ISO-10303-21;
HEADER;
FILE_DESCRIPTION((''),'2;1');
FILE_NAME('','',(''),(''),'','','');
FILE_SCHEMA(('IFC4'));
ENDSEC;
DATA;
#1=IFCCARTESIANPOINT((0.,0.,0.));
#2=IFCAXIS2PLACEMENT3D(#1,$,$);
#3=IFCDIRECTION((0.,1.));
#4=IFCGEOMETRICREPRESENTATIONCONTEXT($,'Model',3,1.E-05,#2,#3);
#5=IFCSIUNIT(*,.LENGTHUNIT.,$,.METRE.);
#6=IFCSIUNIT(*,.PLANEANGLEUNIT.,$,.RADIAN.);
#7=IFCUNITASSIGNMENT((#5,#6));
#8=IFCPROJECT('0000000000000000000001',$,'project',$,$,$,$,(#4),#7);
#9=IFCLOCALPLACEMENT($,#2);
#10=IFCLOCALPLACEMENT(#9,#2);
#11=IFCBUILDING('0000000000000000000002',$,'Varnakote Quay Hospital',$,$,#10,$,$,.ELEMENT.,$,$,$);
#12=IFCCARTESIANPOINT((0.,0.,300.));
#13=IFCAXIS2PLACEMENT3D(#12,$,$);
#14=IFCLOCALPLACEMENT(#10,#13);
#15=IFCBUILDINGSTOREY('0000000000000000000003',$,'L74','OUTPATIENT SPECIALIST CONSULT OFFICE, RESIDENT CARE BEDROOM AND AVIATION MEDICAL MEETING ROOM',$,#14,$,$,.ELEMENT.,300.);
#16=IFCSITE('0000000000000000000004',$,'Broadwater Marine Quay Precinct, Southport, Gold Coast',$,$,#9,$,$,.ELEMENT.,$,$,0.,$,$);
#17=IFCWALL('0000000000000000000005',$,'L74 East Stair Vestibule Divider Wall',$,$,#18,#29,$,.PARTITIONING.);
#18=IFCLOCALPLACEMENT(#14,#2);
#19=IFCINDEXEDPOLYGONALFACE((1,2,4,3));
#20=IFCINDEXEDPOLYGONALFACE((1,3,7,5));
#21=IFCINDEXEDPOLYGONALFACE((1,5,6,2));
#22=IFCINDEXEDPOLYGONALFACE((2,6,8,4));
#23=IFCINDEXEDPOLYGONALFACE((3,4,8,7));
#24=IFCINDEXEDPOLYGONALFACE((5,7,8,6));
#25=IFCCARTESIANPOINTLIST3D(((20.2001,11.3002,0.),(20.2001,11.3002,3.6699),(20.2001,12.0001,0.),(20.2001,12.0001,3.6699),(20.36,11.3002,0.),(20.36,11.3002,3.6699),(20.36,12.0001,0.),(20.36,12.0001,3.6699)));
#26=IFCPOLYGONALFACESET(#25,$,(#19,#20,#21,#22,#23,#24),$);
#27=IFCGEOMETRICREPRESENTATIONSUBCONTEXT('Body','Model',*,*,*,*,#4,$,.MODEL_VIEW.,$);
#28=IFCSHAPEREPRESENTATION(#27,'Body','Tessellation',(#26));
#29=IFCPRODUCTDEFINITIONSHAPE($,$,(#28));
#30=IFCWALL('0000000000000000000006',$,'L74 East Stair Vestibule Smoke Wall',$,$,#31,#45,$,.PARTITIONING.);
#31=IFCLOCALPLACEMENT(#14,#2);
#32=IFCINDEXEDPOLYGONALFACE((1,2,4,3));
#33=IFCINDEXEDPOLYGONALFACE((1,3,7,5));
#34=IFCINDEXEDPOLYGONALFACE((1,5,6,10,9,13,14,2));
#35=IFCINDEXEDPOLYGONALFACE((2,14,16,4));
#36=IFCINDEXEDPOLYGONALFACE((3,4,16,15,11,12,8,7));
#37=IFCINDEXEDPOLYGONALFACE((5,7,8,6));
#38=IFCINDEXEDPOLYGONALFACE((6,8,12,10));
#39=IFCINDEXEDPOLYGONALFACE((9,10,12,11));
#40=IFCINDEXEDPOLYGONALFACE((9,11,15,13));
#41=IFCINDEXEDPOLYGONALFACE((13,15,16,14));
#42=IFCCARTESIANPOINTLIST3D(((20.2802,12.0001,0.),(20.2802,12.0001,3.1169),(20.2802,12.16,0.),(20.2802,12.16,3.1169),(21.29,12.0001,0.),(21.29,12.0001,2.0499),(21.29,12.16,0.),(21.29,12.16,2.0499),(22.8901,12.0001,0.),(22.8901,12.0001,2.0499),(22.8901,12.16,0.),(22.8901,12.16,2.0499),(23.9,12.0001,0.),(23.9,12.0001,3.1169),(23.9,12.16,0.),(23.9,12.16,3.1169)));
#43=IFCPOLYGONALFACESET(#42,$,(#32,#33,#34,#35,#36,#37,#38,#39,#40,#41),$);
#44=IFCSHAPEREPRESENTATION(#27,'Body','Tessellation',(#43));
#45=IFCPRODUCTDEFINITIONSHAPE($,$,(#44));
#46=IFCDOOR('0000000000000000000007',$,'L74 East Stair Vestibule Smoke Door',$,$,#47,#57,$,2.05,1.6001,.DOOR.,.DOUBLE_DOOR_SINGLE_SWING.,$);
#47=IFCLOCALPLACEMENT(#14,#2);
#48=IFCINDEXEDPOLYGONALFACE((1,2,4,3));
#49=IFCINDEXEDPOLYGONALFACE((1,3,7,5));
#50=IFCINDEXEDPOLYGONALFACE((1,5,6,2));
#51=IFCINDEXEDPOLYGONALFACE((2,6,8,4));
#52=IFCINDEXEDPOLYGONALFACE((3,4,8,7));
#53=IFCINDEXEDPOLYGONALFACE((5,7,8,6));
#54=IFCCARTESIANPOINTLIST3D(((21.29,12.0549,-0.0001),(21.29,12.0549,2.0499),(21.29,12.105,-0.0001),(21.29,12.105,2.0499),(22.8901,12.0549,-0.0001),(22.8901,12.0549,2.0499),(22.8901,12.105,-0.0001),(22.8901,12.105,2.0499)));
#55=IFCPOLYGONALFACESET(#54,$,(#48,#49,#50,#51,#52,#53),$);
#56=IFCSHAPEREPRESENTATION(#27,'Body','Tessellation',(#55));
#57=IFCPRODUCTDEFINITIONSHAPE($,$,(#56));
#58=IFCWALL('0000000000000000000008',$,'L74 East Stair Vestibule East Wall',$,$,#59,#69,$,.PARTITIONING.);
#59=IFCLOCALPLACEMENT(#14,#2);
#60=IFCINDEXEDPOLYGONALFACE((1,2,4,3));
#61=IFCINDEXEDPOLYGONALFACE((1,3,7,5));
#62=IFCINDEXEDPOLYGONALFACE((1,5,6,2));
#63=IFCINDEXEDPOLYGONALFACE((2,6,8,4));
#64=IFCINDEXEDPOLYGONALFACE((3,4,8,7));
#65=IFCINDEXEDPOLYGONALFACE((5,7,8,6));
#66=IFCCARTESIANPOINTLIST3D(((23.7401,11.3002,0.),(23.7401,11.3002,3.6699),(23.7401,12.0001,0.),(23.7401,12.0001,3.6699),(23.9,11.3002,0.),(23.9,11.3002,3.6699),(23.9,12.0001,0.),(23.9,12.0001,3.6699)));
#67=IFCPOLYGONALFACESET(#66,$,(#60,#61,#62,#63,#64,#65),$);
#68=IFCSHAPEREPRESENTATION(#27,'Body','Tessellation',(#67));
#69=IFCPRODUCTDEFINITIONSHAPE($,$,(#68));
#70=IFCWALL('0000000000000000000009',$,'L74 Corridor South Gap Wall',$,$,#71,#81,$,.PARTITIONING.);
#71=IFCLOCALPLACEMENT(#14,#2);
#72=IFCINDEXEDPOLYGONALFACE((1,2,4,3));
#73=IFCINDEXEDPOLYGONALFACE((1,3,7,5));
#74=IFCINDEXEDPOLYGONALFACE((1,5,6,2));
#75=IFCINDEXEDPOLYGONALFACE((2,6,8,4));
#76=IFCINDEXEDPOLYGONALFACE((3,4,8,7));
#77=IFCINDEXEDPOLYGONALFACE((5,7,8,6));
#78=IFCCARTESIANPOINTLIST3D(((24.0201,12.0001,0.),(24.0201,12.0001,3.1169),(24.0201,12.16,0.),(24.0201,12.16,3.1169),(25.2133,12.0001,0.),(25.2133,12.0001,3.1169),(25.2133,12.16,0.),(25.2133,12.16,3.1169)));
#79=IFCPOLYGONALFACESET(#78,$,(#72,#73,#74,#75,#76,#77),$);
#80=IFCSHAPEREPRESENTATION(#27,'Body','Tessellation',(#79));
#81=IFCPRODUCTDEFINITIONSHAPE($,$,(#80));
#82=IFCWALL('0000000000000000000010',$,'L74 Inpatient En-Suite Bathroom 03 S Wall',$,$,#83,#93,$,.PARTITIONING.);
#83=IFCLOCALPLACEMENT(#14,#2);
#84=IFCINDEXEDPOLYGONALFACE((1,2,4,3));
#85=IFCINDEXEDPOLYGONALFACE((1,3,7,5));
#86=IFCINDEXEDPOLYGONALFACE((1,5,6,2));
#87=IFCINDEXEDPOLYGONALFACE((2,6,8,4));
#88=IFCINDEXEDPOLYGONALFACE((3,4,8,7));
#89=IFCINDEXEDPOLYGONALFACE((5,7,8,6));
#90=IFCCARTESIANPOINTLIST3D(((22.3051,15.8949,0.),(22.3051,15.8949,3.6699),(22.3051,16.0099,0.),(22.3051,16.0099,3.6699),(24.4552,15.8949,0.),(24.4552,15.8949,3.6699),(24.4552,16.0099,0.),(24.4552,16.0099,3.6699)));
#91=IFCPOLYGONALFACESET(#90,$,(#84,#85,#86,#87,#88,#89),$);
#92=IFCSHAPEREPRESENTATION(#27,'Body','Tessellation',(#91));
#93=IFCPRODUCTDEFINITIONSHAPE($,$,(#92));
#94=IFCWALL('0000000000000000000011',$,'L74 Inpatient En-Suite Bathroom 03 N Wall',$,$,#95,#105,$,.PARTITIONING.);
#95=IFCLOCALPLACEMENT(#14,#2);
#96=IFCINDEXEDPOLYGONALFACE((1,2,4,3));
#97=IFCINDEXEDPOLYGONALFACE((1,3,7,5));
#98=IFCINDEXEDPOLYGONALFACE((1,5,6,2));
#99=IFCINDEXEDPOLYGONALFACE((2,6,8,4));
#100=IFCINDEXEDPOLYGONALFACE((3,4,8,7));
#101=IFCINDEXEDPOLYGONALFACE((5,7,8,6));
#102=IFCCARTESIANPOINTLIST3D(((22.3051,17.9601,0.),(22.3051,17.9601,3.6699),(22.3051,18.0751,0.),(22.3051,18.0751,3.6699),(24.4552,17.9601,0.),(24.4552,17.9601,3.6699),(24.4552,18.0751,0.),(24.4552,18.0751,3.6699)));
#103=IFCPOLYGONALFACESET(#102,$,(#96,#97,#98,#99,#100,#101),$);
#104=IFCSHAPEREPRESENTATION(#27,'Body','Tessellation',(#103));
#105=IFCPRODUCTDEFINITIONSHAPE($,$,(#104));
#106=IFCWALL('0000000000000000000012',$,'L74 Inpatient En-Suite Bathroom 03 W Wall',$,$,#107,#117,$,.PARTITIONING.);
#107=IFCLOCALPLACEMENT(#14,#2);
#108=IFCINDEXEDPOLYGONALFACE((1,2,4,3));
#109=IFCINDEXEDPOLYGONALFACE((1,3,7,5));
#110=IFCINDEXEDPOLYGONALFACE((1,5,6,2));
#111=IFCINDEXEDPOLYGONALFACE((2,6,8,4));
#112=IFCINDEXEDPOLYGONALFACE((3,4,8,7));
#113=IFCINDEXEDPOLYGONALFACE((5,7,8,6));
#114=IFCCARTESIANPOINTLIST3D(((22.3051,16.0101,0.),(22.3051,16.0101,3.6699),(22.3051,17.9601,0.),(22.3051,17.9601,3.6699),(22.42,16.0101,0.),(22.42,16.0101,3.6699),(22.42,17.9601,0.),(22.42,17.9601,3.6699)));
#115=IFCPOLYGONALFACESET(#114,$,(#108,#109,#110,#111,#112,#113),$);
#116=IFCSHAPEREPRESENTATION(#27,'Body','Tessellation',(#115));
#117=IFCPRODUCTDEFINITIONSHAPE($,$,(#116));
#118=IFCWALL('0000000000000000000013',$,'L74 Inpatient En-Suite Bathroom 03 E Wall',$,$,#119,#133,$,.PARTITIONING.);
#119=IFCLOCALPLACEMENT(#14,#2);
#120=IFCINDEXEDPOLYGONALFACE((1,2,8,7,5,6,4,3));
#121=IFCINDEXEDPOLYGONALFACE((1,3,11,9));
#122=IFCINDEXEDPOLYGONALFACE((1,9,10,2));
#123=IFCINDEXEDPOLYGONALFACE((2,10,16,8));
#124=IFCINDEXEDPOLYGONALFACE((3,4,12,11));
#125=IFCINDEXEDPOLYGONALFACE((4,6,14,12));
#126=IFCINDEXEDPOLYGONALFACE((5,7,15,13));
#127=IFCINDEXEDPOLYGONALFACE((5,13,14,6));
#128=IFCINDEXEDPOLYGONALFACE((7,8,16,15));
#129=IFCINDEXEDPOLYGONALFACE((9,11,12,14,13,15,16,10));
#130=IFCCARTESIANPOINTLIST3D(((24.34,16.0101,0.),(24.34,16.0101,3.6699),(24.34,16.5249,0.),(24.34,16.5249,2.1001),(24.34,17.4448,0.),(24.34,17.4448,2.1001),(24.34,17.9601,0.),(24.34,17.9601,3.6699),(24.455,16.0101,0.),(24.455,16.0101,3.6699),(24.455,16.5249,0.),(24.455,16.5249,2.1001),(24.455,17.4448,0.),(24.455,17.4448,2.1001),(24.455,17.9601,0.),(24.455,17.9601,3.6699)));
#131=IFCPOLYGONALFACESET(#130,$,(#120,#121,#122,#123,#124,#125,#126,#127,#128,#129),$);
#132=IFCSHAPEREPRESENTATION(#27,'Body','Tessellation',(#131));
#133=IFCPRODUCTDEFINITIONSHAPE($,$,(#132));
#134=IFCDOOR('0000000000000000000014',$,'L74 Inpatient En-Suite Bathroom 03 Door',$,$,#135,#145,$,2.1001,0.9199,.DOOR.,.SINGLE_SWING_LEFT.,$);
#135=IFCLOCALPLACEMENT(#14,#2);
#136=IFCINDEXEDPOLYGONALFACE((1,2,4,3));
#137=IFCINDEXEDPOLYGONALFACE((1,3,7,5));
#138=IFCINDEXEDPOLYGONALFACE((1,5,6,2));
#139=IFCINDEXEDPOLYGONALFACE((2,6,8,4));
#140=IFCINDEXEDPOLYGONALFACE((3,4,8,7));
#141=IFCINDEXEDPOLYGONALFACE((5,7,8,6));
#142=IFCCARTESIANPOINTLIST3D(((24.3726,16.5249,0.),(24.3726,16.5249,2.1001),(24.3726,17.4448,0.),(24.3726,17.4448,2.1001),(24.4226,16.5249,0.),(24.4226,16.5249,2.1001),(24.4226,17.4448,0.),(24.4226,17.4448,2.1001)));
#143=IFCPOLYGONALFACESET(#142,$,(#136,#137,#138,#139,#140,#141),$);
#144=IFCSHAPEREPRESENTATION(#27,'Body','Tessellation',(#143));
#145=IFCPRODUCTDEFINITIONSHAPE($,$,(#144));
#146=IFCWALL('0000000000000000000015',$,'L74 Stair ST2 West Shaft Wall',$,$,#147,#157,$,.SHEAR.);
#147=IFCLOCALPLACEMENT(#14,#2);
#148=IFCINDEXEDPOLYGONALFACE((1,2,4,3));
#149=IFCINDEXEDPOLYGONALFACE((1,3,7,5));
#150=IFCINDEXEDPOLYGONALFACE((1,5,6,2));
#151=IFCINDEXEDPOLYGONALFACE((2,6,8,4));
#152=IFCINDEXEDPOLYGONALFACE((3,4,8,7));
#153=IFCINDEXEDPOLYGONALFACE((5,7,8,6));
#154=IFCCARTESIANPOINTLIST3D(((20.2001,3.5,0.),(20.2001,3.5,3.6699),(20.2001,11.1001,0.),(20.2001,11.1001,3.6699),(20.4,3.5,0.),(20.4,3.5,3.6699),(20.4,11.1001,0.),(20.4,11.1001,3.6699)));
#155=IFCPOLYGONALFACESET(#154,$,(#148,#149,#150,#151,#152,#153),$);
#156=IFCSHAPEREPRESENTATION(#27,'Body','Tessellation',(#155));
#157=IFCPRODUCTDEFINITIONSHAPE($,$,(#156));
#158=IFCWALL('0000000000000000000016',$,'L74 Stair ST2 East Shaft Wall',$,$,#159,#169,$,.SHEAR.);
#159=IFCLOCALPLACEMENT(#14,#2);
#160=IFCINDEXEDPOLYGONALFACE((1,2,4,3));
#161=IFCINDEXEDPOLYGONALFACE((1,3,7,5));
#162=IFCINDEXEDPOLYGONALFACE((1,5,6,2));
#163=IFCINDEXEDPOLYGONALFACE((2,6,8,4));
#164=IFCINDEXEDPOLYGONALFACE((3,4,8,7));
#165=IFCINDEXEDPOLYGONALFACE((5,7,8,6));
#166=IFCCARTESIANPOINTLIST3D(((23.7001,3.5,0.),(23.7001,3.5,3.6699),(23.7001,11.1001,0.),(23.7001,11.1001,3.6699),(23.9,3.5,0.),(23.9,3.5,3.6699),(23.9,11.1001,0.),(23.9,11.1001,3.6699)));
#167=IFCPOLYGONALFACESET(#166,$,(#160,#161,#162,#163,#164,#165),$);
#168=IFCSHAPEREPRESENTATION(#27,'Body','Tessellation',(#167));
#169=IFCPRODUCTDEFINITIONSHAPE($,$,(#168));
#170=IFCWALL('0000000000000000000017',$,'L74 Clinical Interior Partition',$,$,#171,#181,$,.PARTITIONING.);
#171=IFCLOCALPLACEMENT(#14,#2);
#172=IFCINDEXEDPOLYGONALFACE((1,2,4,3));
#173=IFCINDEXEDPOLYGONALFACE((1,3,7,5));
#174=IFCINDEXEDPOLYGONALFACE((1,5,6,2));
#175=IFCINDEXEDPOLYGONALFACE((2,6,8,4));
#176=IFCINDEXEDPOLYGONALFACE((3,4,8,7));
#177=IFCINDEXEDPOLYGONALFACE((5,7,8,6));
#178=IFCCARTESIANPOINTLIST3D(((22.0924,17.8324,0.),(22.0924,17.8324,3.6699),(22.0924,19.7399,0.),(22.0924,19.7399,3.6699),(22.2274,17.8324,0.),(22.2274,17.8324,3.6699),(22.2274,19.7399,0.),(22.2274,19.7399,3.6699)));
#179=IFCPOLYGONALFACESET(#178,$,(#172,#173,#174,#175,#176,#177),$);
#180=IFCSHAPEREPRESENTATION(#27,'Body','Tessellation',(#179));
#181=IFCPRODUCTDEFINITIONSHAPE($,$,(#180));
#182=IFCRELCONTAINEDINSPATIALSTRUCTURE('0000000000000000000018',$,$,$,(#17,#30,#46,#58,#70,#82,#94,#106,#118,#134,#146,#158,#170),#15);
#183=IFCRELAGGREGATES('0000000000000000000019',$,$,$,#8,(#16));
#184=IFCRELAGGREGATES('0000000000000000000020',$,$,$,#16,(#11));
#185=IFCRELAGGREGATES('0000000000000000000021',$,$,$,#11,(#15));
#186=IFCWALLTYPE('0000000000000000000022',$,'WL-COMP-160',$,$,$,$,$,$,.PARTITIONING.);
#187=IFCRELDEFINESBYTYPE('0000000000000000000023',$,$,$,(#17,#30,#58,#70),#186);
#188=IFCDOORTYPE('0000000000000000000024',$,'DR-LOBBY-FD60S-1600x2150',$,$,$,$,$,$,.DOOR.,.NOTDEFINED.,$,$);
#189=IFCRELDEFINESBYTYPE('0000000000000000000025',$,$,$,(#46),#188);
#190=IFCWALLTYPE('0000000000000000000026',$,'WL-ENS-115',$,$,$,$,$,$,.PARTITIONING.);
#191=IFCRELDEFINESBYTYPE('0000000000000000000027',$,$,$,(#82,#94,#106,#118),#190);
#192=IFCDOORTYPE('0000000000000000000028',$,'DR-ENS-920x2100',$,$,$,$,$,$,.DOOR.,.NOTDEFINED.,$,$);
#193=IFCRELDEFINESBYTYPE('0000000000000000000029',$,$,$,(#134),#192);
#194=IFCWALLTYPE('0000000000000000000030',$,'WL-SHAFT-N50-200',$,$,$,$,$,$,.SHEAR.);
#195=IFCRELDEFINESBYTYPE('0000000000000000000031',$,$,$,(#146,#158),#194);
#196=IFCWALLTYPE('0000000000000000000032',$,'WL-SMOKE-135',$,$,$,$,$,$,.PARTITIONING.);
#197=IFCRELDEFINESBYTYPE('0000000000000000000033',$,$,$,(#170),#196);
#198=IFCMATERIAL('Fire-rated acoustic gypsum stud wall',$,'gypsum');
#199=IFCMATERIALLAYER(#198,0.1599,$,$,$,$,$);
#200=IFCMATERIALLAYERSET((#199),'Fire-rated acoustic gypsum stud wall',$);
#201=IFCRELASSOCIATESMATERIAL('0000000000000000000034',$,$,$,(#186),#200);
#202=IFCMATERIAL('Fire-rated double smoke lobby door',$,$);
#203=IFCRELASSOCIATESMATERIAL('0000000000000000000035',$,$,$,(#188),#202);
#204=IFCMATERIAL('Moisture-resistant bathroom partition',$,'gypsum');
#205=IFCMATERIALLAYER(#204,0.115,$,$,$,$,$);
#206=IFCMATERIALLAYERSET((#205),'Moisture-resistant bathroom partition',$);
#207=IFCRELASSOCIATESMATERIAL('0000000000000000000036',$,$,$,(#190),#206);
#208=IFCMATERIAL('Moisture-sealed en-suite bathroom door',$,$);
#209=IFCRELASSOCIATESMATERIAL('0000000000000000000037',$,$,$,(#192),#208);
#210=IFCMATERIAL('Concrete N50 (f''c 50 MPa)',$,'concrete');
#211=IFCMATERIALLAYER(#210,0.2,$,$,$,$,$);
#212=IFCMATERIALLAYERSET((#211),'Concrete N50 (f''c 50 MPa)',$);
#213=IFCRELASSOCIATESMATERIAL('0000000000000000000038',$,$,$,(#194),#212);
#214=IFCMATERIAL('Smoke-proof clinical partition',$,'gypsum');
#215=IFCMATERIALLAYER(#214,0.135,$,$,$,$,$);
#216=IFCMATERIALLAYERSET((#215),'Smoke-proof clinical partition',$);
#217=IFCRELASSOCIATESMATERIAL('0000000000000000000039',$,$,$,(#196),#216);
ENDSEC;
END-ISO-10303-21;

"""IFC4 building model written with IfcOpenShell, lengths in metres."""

from ifc_helpers import new_model, si_unit, direction, frame, frame_2d, origin, place, context, subcontext, project, spatial, rectangle, extrude, material, layer, layer_set, type_object, element, fill, save


model = new_model("IFC4")

# Units and contexts
model_context = context("Model", 3, precision=1e-05, world=origin(), true_north=direction((0.0, 1.0)))
body_context = subcontext(model_context, "Body", "Model", "MODEL_VIEW")
ifc_project = project(units=[si_unit("LENGTHUNIT", "METRE"), si_unit("PLANEANGLEUNIT", "RADIAN")], contexts=[model_context])

# Site, building, storey
site_placement = place(None, origin())
site = spatial("IfcSite", under=ifc_project, at=site_placement, Name="Broadwater Marine Quay Precinct, Southport, Gold Coast", CompositionType="ELEMENT", RefElevation=0.0)
building_placement = place(site_placement, origin())
building = spatial("IfcBuilding", under=site, at=building_placement, Name="Varnakote Quay Hospital", CompositionType="ELEMENT")
storey_placement = place(building_placement, frame((0.0, 0.0, 300.0)))
storey = spatial("IfcBuildingStorey", under=building, at=storey_placement, Name="L74", Description="OUTPATIENT SPECIALIST CONSULT OFFICE, RESIDENT CARE BEDROOM AND AVIATION MEDICAL MEETING ROOM", CompositionType="ELEMENT", Elevation=300.0)

# Wall
ifc_material_1 = material(Name="Fire-rated acoustic gypsum stud wall", Category="gypsum")
ifc_layer_1 = layer(ifc_material_1, 0.1599)
ifc_layer_set_1 = layer_set([ifc_layer_1], Name="Fire-rated acoustic gypsum stud wall")
wall_type_1 = type_object("IfcWallType", Name="WL-COMP-160", PredefinedType="PARTITIONING", material=ifc_layer_set_1)
wall_1_placement = place(storey_placement, frame((20.28, 11.3, 0.0), z_axis=(0.0, 0.0, 1.0), x_axis=(0.0, 1.0, 0.0)))
element("IfcWall", 1, at=wall_1_placement, inside=storey, type_object=wall_type_1, Name="L74 East Stair Vestibule Divider Wall", PredefinedType="PARTITIONING", context=body_context, shape_type="SweptSolid", body=[
    extrude(rectangle(XDim=0.7, YDim=0.1599, at=frame_2d((0.3501, 0.0))), origin(), (0.0, 0.0, 1.0), 3.6699),
])

# Wall, opening, door
wall_2_placement = place(storey_placement, frame((20.28, 12.0801, 0.0), z_axis=(0.0, 0.0, 1.0), x_axis=(1.0, 0.0, 0.0)))
wall_2 = element("IfcWall", 2, at=wall_2_placement, inside=storey, type_object=wall_type_1, Name="L74 East Stair Vestibule Smoke Wall", PredefinedType="PARTITIONING", context=body_context, shape_type="SweptSolid", body=[
    extrude(rectangle(XDim=3.6199, YDim=0.1599, at=frame_2d((1.8101, 0.0))), origin(), (0.0, 0.0, 1.0), 3.1169),
])
opening_1_placement = place(wall_2_placement, frame((1.01, 0.0, 0.0)))
opening_1 = element("IfcOpeningElement", 3, at=opening_1_placement, cuts=wall_2, PredefinedType="OPENING", context=body_context, shape_type="SweptSolid", body=[
    extrude(rectangle(XDim=1.6001, YDim=2.05, at=frame_2d((0.8, 1.0249))), frame((0.0, 0.0898, 0.0), z_axis=(0.0, -1.0, 0.0), x_axis=(1.0, 0.0, 0.0)), (0.0, 0.0, 1.0), 0.1799),
])
ifc_material_2 = material(Name="Fire-rated double smoke lobby door")
door_type_1 = type_object("IfcDoorType", Name="DR-LOBBY-FD60S-1600x2150", OperationType="NOTDEFINED", PredefinedType="DOOR", material=ifc_material_2)
door_1_placement = place(opening_1_placement, origin())
door_1 = element("IfcDoor", 4, at=door_1_placement, inside=storey, type_object=door_type_1, Name="L74 East Stair Vestibule Smoke Door", OperationType="DOUBLE_DOOR_SINGLE_SWING", OverallHeight=2.05, OverallWidth=1.6001, PredefinedType="DOOR", context=body_context, shape_type="SweptSolid", body=[
    extrude(rectangle(XDim=1.6001, YDim=2.05, at=frame_2d((0.8, 1.0249))), frame((0.0, 0.0249, 0.0), z_axis=(0.0, -1.0, 0.0), x_axis=(1.0, 0.0, 0.0)), (0.0, 0.0, 1.0), 0.05),
])
fill(opening_1, door_1)

# Walls
wall_3_placement = place(storey_placement, frame((23.8201, 11.3, 0.0), z_axis=(0.0, 0.0, 1.0), x_axis=(0.0, 1.0, 0.0)))
element("IfcWall", 5, at=wall_3_placement, inside=storey, type_object=wall_type_1, Name="L74 East Stair Vestibule East Wall", PredefinedType="PARTITIONING", context=body_context, shape_type="SweptSolid", body=[
    extrude(rectangle(XDim=0.7, YDim=0.1599, at=frame_2d((0.3501, 0.0))), origin(), (0.0, 0.0, 1.0), 3.6699),
])
wall_4_placement = place(storey_placement, frame((24.02, 12.0801, 0.0), z_axis=(0.0, 0.0, 1.0), x_axis=(1.0, 0.0, 0.0)))
element("IfcWall", 6, at=wall_4_placement, inside=storey, type_object=wall_type_1, Name="L74 Corridor South Gap Wall", PredefinedType="PARTITIONING", context=body_context, shape_type="SweptSolid", body=[
    extrude(rectangle(XDim=1.1931, YDim=0.1599, at=frame_2d((0.5967, 0.0))), origin(), (0.0, 0.0, 1.0), 3.1169),
])
ifc_material_3 = material(Name="Moisture-resistant bathroom partition", Category="gypsum")
ifc_layer_2 = layer(ifc_material_3, 0.115)
ifc_layer_set_2 = layer_set([ifc_layer_2], Name="Moisture-resistant bathroom partition")
wall_type_2 = type_object("IfcWallType", Name="WL-ENS-115", PredefinedType="PARTITIONING", material=ifc_layer_set_2)
for number, where, z_axis, x_axis, name in (
    (7, (22.3049, 15.9524, 0.0), (0.0, 0.0, 1.0), (1.0, 0.0, 0.0), "L74 Inpatient En-Suite Bathroom 03 S Wall"),
    (8, (22.3049, 18.0176, 0.0), (0.0, 0.0, 1.0), (1.0, 0.0, 0.0), "L74 Inpatient En-Suite Bathroom 03 N Wall"),
):
    element("IfcWall", number, at=place(storey_placement, frame(where, z_axis=z_axis, x_axis=x_axis)), inside=storey, type_object=wall_type_2, Name=name, PredefinedType="PARTITIONING", context=body_context, shape_type="SweptSolid", body=[
        extrude(rectangle(XDim=2.1501, YDim=0.115, at=frame_2d((1.0752, 0.0))), origin(), (0.0, 0.0, 1.0), 3.6699),
    ])
wall_5_placement = place(storey_placement, frame((22.3625, 16.01, 0.0), z_axis=(0.0, 0.0, 1.0), x_axis=(0.0, 1.0, 0.0)))
element("IfcWall", 9, at=wall_5_placement, inside=storey, type_object=wall_type_2, Name="L74 Inpatient En-Suite Bathroom 03 W Wall", PredefinedType="PARTITIONING", context=body_context, shape_type="SweptSolid", body=[
    extrude(rectangle(XDim=1.95, YDim=0.115, at=frame_2d((0.9751, 0.0))), origin(), (0.0, 0.0, 1.0), 3.6699),
])

# Wall, opening, door
wall_6_placement = place(storey_placement, frame((24.3975, 16.01, 0.0), z_axis=(0.0, 0.0, 1.0), x_axis=(0.0, 1.0, 0.0)))
wall_6 = element("IfcWall", 10, at=wall_6_placement, inside=storey, type_object=wall_type_2, Name="L74 Inpatient En-Suite Bathroom 03 E Wall", PredefinedType="PARTITIONING", context=body_context, shape_type="SweptSolid", body=[
    extrude(rectangle(XDim=1.95, YDim=0.115, at=frame_2d((0.9751, 0.0))), origin(), (0.0, 0.0, 1.0), 3.6699),
])
opening_2_placement = place(wall_6_placement, frame((0.5149, 0.0, 0.0)))
opening_2 = element("IfcOpeningElement", 11, at=opening_2_placement, cuts=wall_6, PredefinedType="OPENING", context=body_context, shape_type="SweptSolid", body=[
    extrude(rectangle(XDim=0.9199, YDim=2.1001, at=frame_2d((0.46, 1.05))), frame((0.0, 0.0674, 0.0), z_axis=(0.0, -1.0, 0.0), x_axis=(1.0, 0.0, 0.0)), (0.0, 0.0, 1.0), 0.135),
])
ifc_material_4 = material(Name="Moisture-sealed en-suite bathroom door")
door_type_2 = type_object("IfcDoorType", Name="DR-ENS-920x2100", OperationType="NOTDEFINED", PredefinedType="DOOR", material=ifc_material_4)
door_2_placement = place(opening_2_placement, origin())
door_2 = element("IfcDoor", 12, at=door_2_placement, inside=storey, type_object=door_type_2, Name="L74 Inpatient En-Suite Bathroom 03 Door", OperationType="SINGLE_SWING_LEFT", OverallHeight=2.1001, OverallWidth=0.9199, PredefinedType="DOOR", context=body_context, shape_type="SweptSolid", body=[
    extrude(rectangle(XDim=0.9199, YDim=2.1001, at=frame_2d((0.46, 1.05))), frame((0.0, 0.0249, 0.0), z_axis=(0.0, -1.0, 0.0), x_axis=(1.0, 0.0, 0.0)), (0.0, 0.0, 1.0), 0.05),
])
fill(opening_2, door_2)

# Walls
ifc_material_5 = material(Name="Concrete N50 (f'c 50 MPa)", Category="concrete")
ifc_layer_3 = layer(ifc_material_5, 0.2)
ifc_layer_set_3 = layer_set([ifc_layer_3], Name="Concrete N50 (f'c 50 MPa)")
wall_type_3 = type_object("IfcWallType", Name="WL-SHAFT-N50-200", PredefinedType="SHEAR", material=ifc_layer_set_3)
for number, where, z_axis, x_axis, name in (
    (13, (20.3, 3.5, 0.0), (0.0, 0.0, 1.0), (0.0, 1.0, 0.0), "L74 Stair ST2 West Shaft Wall"),
    (14, (23.8, 3.5, 0.0), (0.0, 0.0, 1.0), (0.0, 1.0, 0.0), "L74 Stair ST2 East Shaft Wall"),
):
    element("IfcWall", number, at=place(storey_placement, frame(where, z_axis=z_axis, x_axis=x_axis)), inside=storey, type_object=wall_type_3, Name=name, PredefinedType="SHEAR", context=body_context, shape_type="SweptSolid", body=[
        extrude(rectangle(XDim=7.6001, YDim=0.2, at=frame_2d((3.8, 0.0))), origin(), (0.0, 0.0, 1.0), 3.6699),
    ])
ifc_material_6 = material(Name="Smoke-proof clinical partition", Category="gypsum")
ifc_layer_4 = layer(ifc_material_6, 0.135)
ifc_layer_set_4 = layer_set([ifc_layer_4], Name="Smoke-proof clinical partition")
wall_type_4 = type_object("IfcWallType", Name="WL-SMOKE-135", PredefinedType="PARTITIONING", material=ifc_layer_set_4)
wall_7_placement = place(storey_placement, frame((22.1599, 17.8325, 0.0), z_axis=(0.0, 0.0, 1.0), x_axis=(0.0, 1.0, 0.0)))
element("IfcWall", 15, at=wall_7_placement, inside=storey, type_object=wall_type_4, Name="L74 Clinical Interior Partition", PredefinedType="PARTITIONING", context=body_context, shape_type="SweptSolid", body=[
    extrude(rectangle(XDim=1.9075, YDim=0.135, at=frame_2d((0.9536, 0.0))), origin(), (0.0, 0.0, 1.0), 3.6699),
])

save(model, "model.ifc")
